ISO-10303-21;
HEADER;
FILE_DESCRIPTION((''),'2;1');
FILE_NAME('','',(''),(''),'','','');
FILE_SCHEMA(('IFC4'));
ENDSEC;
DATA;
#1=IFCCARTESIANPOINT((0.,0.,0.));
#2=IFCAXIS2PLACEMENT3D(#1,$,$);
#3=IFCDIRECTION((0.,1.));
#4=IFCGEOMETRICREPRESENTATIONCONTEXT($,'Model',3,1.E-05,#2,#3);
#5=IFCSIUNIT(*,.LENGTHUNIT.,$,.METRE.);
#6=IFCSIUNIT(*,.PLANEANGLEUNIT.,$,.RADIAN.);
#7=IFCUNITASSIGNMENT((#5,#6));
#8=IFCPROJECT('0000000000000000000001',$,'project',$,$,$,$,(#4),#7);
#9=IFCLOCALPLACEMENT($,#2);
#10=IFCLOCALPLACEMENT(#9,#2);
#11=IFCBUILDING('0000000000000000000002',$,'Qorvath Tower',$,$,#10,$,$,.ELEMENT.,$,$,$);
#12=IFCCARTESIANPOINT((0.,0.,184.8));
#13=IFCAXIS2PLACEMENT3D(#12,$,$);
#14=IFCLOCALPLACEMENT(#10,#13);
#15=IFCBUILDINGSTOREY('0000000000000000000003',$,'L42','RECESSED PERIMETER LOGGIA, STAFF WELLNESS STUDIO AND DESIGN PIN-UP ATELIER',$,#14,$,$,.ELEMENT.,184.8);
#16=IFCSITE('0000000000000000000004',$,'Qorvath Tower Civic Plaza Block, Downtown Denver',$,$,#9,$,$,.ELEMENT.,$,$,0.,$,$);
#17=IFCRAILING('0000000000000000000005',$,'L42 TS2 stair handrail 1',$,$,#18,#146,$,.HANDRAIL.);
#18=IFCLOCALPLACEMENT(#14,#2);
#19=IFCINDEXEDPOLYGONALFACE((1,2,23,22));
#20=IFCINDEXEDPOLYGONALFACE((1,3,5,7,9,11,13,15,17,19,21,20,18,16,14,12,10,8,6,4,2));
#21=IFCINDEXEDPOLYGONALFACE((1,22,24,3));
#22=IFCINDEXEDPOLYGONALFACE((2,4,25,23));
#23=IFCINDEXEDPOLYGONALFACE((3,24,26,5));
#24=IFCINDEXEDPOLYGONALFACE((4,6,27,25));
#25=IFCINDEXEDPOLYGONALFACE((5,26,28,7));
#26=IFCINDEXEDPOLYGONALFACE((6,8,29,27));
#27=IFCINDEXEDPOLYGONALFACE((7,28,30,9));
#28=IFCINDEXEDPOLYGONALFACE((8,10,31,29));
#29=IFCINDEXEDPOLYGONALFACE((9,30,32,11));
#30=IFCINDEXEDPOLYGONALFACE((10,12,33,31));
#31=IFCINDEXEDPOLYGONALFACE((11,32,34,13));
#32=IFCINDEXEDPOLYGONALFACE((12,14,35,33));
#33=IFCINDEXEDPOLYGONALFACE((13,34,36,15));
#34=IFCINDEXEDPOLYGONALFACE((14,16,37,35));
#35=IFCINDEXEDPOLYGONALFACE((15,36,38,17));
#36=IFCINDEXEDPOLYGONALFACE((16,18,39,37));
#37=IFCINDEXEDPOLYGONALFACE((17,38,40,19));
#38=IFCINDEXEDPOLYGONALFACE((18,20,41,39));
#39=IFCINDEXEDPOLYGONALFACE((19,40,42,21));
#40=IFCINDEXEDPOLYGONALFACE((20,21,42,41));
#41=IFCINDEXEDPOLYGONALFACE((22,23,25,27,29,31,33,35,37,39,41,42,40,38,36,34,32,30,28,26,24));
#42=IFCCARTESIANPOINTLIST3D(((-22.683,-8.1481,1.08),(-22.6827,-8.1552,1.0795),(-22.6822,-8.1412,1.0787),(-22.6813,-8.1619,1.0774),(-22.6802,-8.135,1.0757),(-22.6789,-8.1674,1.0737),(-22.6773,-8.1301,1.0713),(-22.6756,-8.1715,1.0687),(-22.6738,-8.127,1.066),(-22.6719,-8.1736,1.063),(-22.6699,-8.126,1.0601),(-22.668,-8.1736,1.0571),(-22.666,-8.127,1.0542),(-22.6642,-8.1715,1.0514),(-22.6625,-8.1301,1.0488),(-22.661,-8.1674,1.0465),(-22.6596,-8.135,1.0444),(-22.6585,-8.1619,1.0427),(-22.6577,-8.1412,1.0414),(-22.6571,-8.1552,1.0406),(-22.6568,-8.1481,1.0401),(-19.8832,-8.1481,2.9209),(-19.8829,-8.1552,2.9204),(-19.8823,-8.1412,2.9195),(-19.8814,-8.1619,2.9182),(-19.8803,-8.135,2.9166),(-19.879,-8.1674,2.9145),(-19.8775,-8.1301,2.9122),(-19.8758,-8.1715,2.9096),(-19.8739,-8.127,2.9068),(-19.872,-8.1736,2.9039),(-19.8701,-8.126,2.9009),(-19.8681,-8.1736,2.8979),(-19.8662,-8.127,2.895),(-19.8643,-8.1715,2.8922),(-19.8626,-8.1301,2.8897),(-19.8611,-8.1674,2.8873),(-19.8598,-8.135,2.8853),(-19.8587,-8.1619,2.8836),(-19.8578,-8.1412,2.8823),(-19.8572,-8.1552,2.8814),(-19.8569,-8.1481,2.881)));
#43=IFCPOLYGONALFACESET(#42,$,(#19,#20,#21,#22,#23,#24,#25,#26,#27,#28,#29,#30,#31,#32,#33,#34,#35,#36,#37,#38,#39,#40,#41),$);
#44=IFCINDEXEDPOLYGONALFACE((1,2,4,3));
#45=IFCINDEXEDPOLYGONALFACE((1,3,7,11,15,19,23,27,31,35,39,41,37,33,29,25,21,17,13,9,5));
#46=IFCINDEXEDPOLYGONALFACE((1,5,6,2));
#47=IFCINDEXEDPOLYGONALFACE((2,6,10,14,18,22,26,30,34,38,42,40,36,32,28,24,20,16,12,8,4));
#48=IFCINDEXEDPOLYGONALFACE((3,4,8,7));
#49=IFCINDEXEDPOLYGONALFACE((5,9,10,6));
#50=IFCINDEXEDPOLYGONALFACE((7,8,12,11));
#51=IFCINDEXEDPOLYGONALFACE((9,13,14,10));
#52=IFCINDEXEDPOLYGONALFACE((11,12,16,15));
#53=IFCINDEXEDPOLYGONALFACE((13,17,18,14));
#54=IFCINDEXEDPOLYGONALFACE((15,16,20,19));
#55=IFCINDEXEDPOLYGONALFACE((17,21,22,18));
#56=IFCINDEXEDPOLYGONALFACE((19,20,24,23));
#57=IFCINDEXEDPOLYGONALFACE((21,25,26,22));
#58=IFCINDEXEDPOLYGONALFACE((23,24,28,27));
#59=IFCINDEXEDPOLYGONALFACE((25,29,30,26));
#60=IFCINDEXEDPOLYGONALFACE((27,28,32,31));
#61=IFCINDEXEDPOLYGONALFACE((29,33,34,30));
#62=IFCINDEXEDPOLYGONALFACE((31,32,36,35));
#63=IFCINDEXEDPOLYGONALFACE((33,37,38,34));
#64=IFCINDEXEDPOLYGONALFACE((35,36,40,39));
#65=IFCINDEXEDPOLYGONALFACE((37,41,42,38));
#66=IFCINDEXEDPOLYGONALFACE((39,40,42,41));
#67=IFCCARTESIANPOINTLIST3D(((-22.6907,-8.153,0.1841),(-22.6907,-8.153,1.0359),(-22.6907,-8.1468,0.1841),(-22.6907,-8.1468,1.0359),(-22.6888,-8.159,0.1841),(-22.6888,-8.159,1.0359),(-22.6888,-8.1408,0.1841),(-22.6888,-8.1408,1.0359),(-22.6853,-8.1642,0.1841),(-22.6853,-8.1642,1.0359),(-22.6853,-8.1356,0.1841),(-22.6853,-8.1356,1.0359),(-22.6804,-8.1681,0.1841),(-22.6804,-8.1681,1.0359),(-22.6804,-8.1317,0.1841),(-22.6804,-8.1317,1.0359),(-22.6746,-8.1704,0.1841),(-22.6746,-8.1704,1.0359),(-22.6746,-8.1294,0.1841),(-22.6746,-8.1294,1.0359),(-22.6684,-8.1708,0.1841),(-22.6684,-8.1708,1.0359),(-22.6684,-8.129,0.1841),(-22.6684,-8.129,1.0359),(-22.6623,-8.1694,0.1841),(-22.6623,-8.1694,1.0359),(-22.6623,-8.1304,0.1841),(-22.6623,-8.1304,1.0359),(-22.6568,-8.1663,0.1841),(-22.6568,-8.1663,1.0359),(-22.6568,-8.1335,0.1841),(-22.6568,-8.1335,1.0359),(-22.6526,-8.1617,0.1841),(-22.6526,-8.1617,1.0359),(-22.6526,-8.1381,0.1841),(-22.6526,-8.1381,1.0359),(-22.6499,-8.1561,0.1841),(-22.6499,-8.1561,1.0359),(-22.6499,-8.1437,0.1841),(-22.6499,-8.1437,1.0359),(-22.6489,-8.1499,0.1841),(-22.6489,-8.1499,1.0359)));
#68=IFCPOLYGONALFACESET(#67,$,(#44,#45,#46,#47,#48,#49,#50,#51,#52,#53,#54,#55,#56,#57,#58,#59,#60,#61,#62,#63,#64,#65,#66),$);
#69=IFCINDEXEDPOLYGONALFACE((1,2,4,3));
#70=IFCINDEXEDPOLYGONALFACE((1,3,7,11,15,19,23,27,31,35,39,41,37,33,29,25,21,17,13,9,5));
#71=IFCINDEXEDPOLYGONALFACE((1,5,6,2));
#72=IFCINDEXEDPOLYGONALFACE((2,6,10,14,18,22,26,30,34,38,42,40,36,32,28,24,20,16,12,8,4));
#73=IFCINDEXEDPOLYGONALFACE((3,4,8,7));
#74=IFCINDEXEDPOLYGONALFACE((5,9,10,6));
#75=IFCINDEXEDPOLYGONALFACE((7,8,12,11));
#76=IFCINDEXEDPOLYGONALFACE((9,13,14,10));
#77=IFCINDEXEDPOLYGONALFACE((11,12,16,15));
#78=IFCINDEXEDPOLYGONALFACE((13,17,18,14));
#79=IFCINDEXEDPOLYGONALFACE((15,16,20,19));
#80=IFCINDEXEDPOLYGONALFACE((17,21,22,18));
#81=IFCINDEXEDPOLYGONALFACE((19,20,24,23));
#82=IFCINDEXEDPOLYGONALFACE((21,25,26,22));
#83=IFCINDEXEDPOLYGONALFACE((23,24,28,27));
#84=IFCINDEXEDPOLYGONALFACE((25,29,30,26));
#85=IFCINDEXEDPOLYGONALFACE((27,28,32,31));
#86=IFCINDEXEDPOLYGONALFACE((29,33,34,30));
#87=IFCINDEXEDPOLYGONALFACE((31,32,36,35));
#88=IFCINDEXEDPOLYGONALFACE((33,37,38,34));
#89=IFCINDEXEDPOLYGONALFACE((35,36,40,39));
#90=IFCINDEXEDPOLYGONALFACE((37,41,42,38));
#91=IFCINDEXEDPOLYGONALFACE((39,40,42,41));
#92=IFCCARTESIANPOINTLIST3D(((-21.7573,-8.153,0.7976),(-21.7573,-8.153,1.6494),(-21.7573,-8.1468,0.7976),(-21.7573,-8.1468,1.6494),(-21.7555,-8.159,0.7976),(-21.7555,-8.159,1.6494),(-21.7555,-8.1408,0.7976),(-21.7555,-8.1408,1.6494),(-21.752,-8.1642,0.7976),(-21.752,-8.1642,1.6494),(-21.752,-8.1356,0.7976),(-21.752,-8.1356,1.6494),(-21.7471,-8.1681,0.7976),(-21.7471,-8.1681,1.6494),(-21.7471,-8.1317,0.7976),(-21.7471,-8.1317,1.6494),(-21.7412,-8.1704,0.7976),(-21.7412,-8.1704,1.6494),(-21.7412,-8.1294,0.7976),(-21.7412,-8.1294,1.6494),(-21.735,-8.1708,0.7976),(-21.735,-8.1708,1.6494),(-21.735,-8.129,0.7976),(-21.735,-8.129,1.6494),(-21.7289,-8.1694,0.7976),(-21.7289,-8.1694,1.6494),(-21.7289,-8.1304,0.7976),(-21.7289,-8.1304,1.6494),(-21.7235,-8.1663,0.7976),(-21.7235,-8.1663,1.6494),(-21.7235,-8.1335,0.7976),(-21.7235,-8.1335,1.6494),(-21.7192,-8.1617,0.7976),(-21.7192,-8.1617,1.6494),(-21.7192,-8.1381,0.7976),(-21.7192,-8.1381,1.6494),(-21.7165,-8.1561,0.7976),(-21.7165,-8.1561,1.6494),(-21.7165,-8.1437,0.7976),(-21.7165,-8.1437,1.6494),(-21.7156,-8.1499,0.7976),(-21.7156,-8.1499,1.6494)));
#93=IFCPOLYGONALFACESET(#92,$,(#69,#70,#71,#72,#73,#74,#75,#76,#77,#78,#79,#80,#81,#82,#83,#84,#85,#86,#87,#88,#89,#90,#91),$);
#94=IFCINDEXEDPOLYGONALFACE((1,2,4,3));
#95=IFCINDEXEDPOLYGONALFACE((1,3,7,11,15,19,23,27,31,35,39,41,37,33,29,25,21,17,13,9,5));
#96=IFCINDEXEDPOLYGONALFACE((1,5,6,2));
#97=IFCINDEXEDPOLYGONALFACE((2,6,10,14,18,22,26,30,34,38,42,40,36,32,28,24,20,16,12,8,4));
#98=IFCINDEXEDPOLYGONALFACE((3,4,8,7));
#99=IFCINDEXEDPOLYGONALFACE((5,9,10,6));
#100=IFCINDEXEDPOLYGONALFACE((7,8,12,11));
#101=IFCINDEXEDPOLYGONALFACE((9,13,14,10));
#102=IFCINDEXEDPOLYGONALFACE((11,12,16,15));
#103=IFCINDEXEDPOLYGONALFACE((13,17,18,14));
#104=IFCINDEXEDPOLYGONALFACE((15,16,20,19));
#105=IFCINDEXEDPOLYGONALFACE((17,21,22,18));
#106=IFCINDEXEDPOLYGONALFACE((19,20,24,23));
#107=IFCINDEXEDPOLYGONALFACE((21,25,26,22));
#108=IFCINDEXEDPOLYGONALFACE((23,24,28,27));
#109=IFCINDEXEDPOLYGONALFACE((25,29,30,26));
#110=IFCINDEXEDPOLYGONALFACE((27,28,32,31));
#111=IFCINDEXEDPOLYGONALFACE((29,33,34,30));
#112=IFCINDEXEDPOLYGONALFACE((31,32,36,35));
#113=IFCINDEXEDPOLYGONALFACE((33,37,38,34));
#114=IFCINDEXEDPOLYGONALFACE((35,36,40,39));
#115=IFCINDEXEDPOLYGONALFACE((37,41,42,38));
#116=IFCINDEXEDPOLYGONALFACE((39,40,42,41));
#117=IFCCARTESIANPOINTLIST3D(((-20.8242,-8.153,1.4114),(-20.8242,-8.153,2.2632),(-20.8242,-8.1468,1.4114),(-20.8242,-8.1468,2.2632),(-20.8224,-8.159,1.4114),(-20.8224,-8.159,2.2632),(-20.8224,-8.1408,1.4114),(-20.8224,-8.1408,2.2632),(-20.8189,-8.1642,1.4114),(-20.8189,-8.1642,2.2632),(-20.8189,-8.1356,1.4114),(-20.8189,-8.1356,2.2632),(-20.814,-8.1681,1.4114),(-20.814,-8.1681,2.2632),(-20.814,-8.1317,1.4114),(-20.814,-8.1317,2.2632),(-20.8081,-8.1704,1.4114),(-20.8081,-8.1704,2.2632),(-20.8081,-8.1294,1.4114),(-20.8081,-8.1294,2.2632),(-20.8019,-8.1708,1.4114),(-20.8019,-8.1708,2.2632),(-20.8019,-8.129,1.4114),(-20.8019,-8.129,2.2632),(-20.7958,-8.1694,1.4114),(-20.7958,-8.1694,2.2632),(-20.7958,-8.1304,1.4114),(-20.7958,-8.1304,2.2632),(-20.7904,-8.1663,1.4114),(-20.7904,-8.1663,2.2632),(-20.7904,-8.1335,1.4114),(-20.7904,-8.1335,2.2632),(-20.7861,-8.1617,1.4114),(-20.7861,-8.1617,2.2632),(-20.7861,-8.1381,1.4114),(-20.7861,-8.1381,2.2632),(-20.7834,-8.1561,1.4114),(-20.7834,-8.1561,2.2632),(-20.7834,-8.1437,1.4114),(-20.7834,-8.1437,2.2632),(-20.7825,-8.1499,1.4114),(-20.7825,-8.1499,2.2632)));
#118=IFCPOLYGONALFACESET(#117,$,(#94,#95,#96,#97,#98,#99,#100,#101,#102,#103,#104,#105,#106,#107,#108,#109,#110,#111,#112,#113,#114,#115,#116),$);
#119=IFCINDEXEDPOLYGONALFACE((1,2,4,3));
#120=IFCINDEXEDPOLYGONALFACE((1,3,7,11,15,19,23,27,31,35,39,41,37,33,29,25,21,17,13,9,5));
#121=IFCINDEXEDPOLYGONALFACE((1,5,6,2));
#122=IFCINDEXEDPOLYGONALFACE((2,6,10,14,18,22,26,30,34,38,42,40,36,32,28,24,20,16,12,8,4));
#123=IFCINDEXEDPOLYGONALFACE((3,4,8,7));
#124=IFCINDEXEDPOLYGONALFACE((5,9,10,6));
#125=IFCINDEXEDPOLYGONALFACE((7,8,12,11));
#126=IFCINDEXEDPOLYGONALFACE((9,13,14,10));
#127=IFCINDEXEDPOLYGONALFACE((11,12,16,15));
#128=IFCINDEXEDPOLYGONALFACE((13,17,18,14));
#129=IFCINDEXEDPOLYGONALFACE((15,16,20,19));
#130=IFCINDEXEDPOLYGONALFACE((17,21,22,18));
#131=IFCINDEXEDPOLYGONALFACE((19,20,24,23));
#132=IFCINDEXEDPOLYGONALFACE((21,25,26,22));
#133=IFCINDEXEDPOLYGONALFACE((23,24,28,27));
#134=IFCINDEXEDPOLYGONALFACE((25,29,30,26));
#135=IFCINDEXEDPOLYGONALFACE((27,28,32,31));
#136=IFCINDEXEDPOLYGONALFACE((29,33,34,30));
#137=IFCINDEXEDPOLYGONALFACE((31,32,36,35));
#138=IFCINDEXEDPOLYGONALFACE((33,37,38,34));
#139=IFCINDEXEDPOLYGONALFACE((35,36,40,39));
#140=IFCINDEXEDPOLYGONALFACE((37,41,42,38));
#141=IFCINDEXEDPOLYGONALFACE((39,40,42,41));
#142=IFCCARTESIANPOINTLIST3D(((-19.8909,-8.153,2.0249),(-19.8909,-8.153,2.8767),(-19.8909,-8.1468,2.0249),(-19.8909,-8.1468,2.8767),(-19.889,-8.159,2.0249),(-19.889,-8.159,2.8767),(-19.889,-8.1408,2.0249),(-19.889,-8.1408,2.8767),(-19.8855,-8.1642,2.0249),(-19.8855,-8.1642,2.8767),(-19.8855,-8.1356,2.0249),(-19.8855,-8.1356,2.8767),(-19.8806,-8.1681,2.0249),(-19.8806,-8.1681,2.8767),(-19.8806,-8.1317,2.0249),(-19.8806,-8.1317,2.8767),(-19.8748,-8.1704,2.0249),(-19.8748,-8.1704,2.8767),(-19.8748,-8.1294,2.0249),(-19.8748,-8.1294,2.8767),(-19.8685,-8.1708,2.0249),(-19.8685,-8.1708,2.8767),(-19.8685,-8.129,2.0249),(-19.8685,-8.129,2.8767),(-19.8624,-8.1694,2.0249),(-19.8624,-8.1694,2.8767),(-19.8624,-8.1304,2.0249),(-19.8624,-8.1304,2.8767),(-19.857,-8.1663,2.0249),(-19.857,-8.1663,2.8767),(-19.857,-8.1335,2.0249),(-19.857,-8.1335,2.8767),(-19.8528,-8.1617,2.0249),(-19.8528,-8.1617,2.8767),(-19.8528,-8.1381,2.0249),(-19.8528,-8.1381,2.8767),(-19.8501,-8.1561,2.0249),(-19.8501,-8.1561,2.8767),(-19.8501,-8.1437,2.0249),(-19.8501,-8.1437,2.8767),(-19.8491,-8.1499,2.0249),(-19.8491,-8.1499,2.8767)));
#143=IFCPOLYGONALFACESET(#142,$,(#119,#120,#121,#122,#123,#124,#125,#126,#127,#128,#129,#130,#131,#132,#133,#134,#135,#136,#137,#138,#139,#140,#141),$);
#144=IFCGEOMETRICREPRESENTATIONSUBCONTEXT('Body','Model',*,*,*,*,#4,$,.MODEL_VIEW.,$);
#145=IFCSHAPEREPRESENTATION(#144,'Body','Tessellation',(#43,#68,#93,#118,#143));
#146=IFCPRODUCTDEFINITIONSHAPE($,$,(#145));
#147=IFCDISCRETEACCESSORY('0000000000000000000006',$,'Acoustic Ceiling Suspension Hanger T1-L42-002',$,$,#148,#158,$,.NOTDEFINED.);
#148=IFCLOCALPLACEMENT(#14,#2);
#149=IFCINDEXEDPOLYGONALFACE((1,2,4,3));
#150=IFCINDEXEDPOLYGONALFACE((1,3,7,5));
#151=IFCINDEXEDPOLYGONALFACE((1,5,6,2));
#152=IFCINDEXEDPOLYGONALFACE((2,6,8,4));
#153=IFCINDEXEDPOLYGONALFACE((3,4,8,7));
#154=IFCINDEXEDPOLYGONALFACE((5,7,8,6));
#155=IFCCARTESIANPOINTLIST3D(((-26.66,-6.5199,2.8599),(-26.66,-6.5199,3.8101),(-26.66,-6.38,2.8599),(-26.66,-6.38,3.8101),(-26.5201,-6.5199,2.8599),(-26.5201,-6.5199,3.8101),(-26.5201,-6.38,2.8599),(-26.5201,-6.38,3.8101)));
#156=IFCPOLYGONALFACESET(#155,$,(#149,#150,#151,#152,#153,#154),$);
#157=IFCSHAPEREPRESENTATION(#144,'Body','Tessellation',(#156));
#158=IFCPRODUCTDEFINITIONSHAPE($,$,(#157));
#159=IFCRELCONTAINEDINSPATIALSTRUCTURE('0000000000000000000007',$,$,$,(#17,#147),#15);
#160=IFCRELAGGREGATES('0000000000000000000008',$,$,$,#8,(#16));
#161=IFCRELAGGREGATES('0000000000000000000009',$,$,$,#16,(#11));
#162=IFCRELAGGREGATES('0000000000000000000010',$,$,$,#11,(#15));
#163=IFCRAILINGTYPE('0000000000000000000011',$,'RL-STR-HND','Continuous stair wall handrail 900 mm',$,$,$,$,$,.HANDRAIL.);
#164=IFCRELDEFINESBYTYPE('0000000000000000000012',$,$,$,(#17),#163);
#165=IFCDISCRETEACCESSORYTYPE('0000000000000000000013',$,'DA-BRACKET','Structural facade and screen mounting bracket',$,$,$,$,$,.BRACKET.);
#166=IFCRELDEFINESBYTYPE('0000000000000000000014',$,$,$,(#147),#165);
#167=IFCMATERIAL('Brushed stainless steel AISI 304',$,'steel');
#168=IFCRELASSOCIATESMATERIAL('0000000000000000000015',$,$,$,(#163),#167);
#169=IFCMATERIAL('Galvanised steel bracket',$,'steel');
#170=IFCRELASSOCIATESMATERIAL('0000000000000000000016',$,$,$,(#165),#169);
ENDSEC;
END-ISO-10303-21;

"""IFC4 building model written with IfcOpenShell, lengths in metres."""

from ifc_helpers import new_model, si_unit, direction, frame, origin, origin_2d, place, context, subcontext, project, spatial, rectangle, circle, extrude, material, type_object, element, save


model = new_model("IFC4")

# Units and contexts
model_context = context("Model", 3, precision=1e-05, world=origin(), true_north=direction((0.0, 1.0)))
body_context = subcontext(model_context, "Body", "Model", "MODEL_VIEW")
ifc_project = project(units=[si_unit("LENGTHUNIT", "METRE"), si_unit("PLANEANGLEUNIT", "RADIAN")], contexts=[model_context])

# Site, building, storey
site_placement = place(None, origin())
site = spatial("IfcSite", under=ifc_project, at=site_placement, Name="Qorvath Tower Civic Plaza Block, Downtown Denver", CompositionType="ELEMENT", RefElevation=0.0)
building_placement = place(site_placement, origin())
building = spatial("IfcBuilding", under=site, at=building_placement, Name="Qorvath Tower", CompositionType="ELEMENT")
storey_placement = place(building_placement, frame((0.0, 0.0, 184.8)))
storey = spatial("IfcBuildingStorey", under=building, at=storey_placement, Name="L42", Description="RECESSED PERIMETER LOGGIA, STAFF WELLNESS STUDIO AND DESIGN PIN-UP ATELIER", CompositionType="ELEMENT", Elevation=184.8)

# Railing
ifc_material_1 = material(Name="Brushed stainless steel AISI 304", Category="steel")
railing_type_1 = type_object("IfcRailingType", Name="RL-STR-HND", Description="Continuous stair wall handrail 900 mm", PredefinedType="HANDRAIL", material=ifc_material_1)
railing_1_placement = place(storey_placement, frame((-22.6699, -8.1499, 0.1841)))
element("IfcRailing", 1, at=railing_1_placement, inside=storey, type_object=railing_type_1, Name="L42 TS2 stair handrail 1", PredefinedType="HANDRAIL", context=body_context, shape_type="SweptSolid", body=[
    extrude(circle(Radius=0.0239, at=origin_2d()), frame((0.0, 0.0, 0.876), z_axis=(0.835576, 0.0, 0.549376), x_axis=(0.0, 1.0, 0.0)), (0.0, 0.0, 1.0), 3.3508),
    extrude(circle(Radius=0.021, at=origin_2d()), origin(), (0.0, 0.0, 1.0), 0.8518),
    extrude(circle(Radius=0.021, at=origin_2d()), frame((0.9333, 0.0, 0.6135)), (0.0, 0.0, 1.0), 0.8518),
    extrude(circle(Radius=0.021, at=origin_2d()), frame((1.8665, 0.0, 1.2273)), (0.0, 0.0, 1.0), 0.8518),
    extrude(circle(Radius=0.021, at=origin_2d()), frame((2.7998, 0.0, 1.8408)), (0.0, 0.0, 1.0), 0.8518),
])

# Discrete accessory
ifc_material_2 = material(Name="Galvanised steel bracket", Category="steel")
discrete_accessory_type = type_object("IfcDiscreteAccessoryType", Name="DA-BRACKET", Description="Structural facade and screen mounting bracket", PredefinedType="BRACKET", material=ifc_material_2)
discrete_accessory_placement = place(storey_placement, frame((-26.5901, -6.45, 2.8599), z_axis=(0.0, 0.0, 1.0), x_axis=(1.0, 0.0, 0.0)))
element("IfcDiscreteAccessory", 2, at=discrete_accessory_placement, inside=storey, type_object=discrete_accessory_type, Name="Acoustic Ceiling Suspension Hanger T1-L42-002", PredefinedType="NOTDEFINED", context=body_context, shape_type="SweptSolid", body=[
    extrude(rectangle(XDim=0.1399, YDim=0.1399, at=origin_2d()), origin(), (0.0, 0.0, 1.0), 0.9502),
])

save(model, "model.ifc")
